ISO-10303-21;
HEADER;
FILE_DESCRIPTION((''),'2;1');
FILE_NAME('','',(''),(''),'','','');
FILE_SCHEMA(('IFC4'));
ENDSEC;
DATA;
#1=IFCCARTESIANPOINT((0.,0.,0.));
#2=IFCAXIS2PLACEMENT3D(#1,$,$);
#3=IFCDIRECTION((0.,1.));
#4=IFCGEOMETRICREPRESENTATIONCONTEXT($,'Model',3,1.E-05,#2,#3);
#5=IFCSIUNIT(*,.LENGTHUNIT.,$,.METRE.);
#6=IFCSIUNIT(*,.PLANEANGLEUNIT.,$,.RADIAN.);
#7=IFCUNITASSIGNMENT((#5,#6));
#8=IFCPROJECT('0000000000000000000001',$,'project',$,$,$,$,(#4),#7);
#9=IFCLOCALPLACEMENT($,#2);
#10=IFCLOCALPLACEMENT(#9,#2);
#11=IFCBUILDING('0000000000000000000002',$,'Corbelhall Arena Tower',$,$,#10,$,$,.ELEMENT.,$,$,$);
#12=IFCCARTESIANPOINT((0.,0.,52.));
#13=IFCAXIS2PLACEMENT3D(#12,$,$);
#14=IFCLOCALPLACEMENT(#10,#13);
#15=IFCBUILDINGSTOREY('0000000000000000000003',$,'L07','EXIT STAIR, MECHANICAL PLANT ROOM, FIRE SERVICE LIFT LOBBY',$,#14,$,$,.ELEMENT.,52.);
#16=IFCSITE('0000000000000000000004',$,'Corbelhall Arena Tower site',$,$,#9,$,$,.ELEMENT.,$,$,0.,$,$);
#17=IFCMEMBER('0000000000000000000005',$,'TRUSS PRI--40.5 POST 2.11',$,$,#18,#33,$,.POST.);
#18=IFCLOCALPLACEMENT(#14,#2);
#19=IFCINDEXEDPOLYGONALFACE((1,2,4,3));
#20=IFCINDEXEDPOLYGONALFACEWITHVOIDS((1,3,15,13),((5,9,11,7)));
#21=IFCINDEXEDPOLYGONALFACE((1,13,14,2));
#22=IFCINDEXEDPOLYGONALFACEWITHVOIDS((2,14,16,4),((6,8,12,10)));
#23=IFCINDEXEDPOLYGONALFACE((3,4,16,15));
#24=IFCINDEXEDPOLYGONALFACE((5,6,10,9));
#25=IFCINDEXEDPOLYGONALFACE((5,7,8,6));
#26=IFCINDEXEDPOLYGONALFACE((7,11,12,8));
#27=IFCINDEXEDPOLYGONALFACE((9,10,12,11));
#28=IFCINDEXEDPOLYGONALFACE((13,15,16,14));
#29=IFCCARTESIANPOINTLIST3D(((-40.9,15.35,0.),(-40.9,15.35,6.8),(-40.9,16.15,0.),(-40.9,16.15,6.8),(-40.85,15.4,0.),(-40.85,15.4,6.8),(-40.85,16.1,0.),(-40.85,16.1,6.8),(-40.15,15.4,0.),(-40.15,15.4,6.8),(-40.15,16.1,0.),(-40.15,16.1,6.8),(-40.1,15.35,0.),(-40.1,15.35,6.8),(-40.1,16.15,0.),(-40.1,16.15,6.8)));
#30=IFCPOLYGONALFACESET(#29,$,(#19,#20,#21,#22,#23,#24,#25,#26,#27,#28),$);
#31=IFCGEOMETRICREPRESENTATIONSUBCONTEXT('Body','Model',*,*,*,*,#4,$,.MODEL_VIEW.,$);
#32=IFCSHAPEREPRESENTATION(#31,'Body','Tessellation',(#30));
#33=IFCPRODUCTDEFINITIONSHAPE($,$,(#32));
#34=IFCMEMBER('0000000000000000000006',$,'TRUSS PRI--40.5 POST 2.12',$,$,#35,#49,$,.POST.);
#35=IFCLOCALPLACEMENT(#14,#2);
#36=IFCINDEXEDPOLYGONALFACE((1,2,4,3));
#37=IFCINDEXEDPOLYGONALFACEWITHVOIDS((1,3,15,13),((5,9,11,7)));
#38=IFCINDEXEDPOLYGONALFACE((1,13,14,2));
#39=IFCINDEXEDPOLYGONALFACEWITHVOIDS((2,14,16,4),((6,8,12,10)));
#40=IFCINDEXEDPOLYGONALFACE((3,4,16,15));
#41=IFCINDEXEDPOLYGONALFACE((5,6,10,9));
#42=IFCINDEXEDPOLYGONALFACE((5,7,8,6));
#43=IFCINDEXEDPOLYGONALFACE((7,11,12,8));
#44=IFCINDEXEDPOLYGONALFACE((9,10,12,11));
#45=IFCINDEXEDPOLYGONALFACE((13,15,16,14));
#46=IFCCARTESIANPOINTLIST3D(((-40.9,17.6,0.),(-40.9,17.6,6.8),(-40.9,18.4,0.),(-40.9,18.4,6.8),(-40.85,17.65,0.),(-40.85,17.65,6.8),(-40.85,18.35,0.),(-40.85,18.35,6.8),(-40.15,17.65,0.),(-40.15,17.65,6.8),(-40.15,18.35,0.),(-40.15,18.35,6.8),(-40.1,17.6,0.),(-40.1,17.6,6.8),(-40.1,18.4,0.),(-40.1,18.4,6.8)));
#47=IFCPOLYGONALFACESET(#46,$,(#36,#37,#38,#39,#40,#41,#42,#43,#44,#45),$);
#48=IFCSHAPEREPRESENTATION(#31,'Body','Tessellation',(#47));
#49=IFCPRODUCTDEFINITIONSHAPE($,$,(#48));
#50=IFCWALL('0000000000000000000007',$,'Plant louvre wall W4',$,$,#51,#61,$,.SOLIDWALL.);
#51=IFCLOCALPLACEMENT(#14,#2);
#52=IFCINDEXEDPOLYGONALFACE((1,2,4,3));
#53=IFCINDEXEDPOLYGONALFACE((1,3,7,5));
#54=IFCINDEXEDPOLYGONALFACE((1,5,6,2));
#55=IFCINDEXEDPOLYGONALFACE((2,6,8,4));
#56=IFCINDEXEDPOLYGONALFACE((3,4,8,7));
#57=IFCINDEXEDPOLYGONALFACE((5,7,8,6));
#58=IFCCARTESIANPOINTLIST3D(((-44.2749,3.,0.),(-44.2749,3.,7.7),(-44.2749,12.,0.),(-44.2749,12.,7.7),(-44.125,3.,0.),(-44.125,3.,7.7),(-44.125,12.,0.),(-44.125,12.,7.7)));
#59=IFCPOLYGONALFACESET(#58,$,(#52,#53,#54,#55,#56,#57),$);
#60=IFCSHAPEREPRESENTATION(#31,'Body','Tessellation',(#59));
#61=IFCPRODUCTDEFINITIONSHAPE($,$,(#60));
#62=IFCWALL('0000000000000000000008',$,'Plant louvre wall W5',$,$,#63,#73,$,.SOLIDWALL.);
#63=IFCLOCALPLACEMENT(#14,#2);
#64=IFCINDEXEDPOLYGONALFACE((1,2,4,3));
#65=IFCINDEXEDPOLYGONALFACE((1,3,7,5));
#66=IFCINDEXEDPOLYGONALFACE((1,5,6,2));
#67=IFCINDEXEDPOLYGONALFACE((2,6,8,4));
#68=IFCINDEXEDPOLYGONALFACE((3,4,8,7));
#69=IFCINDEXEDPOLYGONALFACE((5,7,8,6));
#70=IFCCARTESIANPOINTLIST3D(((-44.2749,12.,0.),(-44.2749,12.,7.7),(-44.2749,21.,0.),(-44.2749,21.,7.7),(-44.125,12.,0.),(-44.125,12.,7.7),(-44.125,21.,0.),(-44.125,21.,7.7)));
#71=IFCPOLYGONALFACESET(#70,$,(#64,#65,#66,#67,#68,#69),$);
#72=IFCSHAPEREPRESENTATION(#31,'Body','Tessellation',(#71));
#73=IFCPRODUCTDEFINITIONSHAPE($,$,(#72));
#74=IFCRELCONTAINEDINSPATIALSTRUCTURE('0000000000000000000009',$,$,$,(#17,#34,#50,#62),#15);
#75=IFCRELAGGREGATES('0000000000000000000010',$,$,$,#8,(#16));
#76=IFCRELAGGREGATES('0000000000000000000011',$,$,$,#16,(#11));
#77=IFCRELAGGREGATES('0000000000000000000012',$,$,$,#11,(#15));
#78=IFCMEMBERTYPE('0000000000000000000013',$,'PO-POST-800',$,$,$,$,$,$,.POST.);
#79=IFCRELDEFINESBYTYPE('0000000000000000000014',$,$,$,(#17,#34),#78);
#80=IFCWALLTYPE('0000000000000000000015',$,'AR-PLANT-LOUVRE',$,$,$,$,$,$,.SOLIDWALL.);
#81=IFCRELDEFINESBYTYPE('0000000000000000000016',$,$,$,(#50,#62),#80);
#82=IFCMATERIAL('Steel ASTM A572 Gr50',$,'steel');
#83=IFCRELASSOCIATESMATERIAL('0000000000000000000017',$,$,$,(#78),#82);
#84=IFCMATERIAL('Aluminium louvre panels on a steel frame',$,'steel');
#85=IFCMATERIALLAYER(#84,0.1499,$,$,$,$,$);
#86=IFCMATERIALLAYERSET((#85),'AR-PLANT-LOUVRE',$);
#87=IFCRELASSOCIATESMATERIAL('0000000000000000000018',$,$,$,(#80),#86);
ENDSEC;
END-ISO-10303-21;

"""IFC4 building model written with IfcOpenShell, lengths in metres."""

from ifc_helpers import new_model, si_unit, direction, frame, frame_2d, origin, origin_2d, place, context, subcontext, project, spatial, rectangle, hollow_rectangle, extrude, material, layer, layer_set, material_profile, profile_set, type_object, element, save


model = new_model("IFC4")

# Units and contexts
model_context = context("Model", 3, precision=1e-05, world=origin(), true_north=direction((0.0, 1.0)))
body_context = subcontext(model_context, "Body", "Model", "MODEL_VIEW")
ifc_project = project(units=[si_unit("LENGTHUNIT", "METRE"), si_unit("PLANEANGLEUNIT", "RADIAN")], contexts=[model_context])

# Site, building, storey
site_placement = place(None, origin())
site = spatial("IfcSite", under=ifc_project, at=site_placement, Name="Corbelhall Arena Tower site", CompositionType="ELEMENT", RefElevation=0.0)
building_placement = place(site_placement, origin())
building = spatial("IfcBuilding", under=site, at=building_placement, Name="Corbelhall Arena Tower", CompositionType="ELEMENT")
storey_placement = place(building_placement, frame((0.0, 0.0, 52.0)))
storey = spatial("IfcBuildingStorey", under=building, at=storey_placement, Name="L07", Description="EXIT STAIR, MECHANICAL PLANT ROOM, FIRE SERVICE LIFT LOBBY", CompositionType="ELEMENT", Elevation=52.0)

# Members
ifc_material_1 = material(Name="Steel ASTM A572 Gr50", Category="steel")
ifc_material_profile_1 = material_profile(ifc_material_1, hollow_rectangle(XDim=0.8, YDim=0.8, WallThickness=0.05, at=origin_2d()))
ifc_profile_set_1 = profile_set([ifc_material_profile_1], Name="Steel ASTM A572 Gr50")
member_type_1 = type_object("IfcMemberType", Name="PO-POST-800", PredefinedType="POST", material=ifc_profile_set_1)
for number, where, z_axis, x_axis, name in (
    (1, (-40.5, 15.75, 0.0), (0.0, 0.0, 1.0), (1.0, 0.0, 0.0), "TRUSS PRI--40.5 POST 2.11"),
    (2, (-40.5, 18.0, 0.0), (0.0, 0.0, 1.0), (1.0, 0.0, 0.0), "TRUSS PRI--40.5 POST 2.12"),
):
    element("IfcMember", number, at=place(storey_placement, frame(where, z_axis=z_axis, x_axis=x_axis)), inside=storey, type_object=member_type_1, Name=name, PredefinedType="POST", context=body_context, shape_type="SweptSolid", body=[
        extrude(hollow_rectangle(XDim=0.8, YDim=0.8, WallThickness=0.05, at=origin_2d()), origin(), (0.0, 0.0, 1.0), 6.8),
    ])

# Walls
ifc_material_2 = material(Name="Aluminium louvre panels on a steel frame", Category="steel")
ifc_layer = layer(ifc_material_2, 0.1499)
ifc_layer_set = layer_set([ifc_layer], Name="AR-PLANT-LOUVRE")
wall_type = type_object("IfcWallType", Name="AR-PLANT-LOUVRE", PredefinedType="SOLIDWALL", material=ifc_layer_set)
for number, where, z_axis, x_axis, name in (
    (3, (-44.2, 3.0, 0.0), (0.0, 0.0, 1.0), (0.0, 1.0, 0.0), "Plant louvre wall W4"),
    (4, (-44.2, 12.0, 0.0), (0.0, 0.0, 1.0), (0.0, 1.0, 0.0), "Plant louvre wall W5"),
):
    element("IfcWall", number, at=place(storey_placement, frame(where, z_axis=z_axis, x_axis=x_axis)), inside=storey, type_object=wall_type, Name=name, PredefinedType="SOLIDWALL", context=body_context, shape_type="SweptSolid", body=[
        extrude(rectangle(XDim=9.0, YDim=0.1499, at=frame_2d((4.5, 0.0))), origin(), (0.0, 0.0, 1.0), 7.7),
    ])

save(model, "model.ifc")
